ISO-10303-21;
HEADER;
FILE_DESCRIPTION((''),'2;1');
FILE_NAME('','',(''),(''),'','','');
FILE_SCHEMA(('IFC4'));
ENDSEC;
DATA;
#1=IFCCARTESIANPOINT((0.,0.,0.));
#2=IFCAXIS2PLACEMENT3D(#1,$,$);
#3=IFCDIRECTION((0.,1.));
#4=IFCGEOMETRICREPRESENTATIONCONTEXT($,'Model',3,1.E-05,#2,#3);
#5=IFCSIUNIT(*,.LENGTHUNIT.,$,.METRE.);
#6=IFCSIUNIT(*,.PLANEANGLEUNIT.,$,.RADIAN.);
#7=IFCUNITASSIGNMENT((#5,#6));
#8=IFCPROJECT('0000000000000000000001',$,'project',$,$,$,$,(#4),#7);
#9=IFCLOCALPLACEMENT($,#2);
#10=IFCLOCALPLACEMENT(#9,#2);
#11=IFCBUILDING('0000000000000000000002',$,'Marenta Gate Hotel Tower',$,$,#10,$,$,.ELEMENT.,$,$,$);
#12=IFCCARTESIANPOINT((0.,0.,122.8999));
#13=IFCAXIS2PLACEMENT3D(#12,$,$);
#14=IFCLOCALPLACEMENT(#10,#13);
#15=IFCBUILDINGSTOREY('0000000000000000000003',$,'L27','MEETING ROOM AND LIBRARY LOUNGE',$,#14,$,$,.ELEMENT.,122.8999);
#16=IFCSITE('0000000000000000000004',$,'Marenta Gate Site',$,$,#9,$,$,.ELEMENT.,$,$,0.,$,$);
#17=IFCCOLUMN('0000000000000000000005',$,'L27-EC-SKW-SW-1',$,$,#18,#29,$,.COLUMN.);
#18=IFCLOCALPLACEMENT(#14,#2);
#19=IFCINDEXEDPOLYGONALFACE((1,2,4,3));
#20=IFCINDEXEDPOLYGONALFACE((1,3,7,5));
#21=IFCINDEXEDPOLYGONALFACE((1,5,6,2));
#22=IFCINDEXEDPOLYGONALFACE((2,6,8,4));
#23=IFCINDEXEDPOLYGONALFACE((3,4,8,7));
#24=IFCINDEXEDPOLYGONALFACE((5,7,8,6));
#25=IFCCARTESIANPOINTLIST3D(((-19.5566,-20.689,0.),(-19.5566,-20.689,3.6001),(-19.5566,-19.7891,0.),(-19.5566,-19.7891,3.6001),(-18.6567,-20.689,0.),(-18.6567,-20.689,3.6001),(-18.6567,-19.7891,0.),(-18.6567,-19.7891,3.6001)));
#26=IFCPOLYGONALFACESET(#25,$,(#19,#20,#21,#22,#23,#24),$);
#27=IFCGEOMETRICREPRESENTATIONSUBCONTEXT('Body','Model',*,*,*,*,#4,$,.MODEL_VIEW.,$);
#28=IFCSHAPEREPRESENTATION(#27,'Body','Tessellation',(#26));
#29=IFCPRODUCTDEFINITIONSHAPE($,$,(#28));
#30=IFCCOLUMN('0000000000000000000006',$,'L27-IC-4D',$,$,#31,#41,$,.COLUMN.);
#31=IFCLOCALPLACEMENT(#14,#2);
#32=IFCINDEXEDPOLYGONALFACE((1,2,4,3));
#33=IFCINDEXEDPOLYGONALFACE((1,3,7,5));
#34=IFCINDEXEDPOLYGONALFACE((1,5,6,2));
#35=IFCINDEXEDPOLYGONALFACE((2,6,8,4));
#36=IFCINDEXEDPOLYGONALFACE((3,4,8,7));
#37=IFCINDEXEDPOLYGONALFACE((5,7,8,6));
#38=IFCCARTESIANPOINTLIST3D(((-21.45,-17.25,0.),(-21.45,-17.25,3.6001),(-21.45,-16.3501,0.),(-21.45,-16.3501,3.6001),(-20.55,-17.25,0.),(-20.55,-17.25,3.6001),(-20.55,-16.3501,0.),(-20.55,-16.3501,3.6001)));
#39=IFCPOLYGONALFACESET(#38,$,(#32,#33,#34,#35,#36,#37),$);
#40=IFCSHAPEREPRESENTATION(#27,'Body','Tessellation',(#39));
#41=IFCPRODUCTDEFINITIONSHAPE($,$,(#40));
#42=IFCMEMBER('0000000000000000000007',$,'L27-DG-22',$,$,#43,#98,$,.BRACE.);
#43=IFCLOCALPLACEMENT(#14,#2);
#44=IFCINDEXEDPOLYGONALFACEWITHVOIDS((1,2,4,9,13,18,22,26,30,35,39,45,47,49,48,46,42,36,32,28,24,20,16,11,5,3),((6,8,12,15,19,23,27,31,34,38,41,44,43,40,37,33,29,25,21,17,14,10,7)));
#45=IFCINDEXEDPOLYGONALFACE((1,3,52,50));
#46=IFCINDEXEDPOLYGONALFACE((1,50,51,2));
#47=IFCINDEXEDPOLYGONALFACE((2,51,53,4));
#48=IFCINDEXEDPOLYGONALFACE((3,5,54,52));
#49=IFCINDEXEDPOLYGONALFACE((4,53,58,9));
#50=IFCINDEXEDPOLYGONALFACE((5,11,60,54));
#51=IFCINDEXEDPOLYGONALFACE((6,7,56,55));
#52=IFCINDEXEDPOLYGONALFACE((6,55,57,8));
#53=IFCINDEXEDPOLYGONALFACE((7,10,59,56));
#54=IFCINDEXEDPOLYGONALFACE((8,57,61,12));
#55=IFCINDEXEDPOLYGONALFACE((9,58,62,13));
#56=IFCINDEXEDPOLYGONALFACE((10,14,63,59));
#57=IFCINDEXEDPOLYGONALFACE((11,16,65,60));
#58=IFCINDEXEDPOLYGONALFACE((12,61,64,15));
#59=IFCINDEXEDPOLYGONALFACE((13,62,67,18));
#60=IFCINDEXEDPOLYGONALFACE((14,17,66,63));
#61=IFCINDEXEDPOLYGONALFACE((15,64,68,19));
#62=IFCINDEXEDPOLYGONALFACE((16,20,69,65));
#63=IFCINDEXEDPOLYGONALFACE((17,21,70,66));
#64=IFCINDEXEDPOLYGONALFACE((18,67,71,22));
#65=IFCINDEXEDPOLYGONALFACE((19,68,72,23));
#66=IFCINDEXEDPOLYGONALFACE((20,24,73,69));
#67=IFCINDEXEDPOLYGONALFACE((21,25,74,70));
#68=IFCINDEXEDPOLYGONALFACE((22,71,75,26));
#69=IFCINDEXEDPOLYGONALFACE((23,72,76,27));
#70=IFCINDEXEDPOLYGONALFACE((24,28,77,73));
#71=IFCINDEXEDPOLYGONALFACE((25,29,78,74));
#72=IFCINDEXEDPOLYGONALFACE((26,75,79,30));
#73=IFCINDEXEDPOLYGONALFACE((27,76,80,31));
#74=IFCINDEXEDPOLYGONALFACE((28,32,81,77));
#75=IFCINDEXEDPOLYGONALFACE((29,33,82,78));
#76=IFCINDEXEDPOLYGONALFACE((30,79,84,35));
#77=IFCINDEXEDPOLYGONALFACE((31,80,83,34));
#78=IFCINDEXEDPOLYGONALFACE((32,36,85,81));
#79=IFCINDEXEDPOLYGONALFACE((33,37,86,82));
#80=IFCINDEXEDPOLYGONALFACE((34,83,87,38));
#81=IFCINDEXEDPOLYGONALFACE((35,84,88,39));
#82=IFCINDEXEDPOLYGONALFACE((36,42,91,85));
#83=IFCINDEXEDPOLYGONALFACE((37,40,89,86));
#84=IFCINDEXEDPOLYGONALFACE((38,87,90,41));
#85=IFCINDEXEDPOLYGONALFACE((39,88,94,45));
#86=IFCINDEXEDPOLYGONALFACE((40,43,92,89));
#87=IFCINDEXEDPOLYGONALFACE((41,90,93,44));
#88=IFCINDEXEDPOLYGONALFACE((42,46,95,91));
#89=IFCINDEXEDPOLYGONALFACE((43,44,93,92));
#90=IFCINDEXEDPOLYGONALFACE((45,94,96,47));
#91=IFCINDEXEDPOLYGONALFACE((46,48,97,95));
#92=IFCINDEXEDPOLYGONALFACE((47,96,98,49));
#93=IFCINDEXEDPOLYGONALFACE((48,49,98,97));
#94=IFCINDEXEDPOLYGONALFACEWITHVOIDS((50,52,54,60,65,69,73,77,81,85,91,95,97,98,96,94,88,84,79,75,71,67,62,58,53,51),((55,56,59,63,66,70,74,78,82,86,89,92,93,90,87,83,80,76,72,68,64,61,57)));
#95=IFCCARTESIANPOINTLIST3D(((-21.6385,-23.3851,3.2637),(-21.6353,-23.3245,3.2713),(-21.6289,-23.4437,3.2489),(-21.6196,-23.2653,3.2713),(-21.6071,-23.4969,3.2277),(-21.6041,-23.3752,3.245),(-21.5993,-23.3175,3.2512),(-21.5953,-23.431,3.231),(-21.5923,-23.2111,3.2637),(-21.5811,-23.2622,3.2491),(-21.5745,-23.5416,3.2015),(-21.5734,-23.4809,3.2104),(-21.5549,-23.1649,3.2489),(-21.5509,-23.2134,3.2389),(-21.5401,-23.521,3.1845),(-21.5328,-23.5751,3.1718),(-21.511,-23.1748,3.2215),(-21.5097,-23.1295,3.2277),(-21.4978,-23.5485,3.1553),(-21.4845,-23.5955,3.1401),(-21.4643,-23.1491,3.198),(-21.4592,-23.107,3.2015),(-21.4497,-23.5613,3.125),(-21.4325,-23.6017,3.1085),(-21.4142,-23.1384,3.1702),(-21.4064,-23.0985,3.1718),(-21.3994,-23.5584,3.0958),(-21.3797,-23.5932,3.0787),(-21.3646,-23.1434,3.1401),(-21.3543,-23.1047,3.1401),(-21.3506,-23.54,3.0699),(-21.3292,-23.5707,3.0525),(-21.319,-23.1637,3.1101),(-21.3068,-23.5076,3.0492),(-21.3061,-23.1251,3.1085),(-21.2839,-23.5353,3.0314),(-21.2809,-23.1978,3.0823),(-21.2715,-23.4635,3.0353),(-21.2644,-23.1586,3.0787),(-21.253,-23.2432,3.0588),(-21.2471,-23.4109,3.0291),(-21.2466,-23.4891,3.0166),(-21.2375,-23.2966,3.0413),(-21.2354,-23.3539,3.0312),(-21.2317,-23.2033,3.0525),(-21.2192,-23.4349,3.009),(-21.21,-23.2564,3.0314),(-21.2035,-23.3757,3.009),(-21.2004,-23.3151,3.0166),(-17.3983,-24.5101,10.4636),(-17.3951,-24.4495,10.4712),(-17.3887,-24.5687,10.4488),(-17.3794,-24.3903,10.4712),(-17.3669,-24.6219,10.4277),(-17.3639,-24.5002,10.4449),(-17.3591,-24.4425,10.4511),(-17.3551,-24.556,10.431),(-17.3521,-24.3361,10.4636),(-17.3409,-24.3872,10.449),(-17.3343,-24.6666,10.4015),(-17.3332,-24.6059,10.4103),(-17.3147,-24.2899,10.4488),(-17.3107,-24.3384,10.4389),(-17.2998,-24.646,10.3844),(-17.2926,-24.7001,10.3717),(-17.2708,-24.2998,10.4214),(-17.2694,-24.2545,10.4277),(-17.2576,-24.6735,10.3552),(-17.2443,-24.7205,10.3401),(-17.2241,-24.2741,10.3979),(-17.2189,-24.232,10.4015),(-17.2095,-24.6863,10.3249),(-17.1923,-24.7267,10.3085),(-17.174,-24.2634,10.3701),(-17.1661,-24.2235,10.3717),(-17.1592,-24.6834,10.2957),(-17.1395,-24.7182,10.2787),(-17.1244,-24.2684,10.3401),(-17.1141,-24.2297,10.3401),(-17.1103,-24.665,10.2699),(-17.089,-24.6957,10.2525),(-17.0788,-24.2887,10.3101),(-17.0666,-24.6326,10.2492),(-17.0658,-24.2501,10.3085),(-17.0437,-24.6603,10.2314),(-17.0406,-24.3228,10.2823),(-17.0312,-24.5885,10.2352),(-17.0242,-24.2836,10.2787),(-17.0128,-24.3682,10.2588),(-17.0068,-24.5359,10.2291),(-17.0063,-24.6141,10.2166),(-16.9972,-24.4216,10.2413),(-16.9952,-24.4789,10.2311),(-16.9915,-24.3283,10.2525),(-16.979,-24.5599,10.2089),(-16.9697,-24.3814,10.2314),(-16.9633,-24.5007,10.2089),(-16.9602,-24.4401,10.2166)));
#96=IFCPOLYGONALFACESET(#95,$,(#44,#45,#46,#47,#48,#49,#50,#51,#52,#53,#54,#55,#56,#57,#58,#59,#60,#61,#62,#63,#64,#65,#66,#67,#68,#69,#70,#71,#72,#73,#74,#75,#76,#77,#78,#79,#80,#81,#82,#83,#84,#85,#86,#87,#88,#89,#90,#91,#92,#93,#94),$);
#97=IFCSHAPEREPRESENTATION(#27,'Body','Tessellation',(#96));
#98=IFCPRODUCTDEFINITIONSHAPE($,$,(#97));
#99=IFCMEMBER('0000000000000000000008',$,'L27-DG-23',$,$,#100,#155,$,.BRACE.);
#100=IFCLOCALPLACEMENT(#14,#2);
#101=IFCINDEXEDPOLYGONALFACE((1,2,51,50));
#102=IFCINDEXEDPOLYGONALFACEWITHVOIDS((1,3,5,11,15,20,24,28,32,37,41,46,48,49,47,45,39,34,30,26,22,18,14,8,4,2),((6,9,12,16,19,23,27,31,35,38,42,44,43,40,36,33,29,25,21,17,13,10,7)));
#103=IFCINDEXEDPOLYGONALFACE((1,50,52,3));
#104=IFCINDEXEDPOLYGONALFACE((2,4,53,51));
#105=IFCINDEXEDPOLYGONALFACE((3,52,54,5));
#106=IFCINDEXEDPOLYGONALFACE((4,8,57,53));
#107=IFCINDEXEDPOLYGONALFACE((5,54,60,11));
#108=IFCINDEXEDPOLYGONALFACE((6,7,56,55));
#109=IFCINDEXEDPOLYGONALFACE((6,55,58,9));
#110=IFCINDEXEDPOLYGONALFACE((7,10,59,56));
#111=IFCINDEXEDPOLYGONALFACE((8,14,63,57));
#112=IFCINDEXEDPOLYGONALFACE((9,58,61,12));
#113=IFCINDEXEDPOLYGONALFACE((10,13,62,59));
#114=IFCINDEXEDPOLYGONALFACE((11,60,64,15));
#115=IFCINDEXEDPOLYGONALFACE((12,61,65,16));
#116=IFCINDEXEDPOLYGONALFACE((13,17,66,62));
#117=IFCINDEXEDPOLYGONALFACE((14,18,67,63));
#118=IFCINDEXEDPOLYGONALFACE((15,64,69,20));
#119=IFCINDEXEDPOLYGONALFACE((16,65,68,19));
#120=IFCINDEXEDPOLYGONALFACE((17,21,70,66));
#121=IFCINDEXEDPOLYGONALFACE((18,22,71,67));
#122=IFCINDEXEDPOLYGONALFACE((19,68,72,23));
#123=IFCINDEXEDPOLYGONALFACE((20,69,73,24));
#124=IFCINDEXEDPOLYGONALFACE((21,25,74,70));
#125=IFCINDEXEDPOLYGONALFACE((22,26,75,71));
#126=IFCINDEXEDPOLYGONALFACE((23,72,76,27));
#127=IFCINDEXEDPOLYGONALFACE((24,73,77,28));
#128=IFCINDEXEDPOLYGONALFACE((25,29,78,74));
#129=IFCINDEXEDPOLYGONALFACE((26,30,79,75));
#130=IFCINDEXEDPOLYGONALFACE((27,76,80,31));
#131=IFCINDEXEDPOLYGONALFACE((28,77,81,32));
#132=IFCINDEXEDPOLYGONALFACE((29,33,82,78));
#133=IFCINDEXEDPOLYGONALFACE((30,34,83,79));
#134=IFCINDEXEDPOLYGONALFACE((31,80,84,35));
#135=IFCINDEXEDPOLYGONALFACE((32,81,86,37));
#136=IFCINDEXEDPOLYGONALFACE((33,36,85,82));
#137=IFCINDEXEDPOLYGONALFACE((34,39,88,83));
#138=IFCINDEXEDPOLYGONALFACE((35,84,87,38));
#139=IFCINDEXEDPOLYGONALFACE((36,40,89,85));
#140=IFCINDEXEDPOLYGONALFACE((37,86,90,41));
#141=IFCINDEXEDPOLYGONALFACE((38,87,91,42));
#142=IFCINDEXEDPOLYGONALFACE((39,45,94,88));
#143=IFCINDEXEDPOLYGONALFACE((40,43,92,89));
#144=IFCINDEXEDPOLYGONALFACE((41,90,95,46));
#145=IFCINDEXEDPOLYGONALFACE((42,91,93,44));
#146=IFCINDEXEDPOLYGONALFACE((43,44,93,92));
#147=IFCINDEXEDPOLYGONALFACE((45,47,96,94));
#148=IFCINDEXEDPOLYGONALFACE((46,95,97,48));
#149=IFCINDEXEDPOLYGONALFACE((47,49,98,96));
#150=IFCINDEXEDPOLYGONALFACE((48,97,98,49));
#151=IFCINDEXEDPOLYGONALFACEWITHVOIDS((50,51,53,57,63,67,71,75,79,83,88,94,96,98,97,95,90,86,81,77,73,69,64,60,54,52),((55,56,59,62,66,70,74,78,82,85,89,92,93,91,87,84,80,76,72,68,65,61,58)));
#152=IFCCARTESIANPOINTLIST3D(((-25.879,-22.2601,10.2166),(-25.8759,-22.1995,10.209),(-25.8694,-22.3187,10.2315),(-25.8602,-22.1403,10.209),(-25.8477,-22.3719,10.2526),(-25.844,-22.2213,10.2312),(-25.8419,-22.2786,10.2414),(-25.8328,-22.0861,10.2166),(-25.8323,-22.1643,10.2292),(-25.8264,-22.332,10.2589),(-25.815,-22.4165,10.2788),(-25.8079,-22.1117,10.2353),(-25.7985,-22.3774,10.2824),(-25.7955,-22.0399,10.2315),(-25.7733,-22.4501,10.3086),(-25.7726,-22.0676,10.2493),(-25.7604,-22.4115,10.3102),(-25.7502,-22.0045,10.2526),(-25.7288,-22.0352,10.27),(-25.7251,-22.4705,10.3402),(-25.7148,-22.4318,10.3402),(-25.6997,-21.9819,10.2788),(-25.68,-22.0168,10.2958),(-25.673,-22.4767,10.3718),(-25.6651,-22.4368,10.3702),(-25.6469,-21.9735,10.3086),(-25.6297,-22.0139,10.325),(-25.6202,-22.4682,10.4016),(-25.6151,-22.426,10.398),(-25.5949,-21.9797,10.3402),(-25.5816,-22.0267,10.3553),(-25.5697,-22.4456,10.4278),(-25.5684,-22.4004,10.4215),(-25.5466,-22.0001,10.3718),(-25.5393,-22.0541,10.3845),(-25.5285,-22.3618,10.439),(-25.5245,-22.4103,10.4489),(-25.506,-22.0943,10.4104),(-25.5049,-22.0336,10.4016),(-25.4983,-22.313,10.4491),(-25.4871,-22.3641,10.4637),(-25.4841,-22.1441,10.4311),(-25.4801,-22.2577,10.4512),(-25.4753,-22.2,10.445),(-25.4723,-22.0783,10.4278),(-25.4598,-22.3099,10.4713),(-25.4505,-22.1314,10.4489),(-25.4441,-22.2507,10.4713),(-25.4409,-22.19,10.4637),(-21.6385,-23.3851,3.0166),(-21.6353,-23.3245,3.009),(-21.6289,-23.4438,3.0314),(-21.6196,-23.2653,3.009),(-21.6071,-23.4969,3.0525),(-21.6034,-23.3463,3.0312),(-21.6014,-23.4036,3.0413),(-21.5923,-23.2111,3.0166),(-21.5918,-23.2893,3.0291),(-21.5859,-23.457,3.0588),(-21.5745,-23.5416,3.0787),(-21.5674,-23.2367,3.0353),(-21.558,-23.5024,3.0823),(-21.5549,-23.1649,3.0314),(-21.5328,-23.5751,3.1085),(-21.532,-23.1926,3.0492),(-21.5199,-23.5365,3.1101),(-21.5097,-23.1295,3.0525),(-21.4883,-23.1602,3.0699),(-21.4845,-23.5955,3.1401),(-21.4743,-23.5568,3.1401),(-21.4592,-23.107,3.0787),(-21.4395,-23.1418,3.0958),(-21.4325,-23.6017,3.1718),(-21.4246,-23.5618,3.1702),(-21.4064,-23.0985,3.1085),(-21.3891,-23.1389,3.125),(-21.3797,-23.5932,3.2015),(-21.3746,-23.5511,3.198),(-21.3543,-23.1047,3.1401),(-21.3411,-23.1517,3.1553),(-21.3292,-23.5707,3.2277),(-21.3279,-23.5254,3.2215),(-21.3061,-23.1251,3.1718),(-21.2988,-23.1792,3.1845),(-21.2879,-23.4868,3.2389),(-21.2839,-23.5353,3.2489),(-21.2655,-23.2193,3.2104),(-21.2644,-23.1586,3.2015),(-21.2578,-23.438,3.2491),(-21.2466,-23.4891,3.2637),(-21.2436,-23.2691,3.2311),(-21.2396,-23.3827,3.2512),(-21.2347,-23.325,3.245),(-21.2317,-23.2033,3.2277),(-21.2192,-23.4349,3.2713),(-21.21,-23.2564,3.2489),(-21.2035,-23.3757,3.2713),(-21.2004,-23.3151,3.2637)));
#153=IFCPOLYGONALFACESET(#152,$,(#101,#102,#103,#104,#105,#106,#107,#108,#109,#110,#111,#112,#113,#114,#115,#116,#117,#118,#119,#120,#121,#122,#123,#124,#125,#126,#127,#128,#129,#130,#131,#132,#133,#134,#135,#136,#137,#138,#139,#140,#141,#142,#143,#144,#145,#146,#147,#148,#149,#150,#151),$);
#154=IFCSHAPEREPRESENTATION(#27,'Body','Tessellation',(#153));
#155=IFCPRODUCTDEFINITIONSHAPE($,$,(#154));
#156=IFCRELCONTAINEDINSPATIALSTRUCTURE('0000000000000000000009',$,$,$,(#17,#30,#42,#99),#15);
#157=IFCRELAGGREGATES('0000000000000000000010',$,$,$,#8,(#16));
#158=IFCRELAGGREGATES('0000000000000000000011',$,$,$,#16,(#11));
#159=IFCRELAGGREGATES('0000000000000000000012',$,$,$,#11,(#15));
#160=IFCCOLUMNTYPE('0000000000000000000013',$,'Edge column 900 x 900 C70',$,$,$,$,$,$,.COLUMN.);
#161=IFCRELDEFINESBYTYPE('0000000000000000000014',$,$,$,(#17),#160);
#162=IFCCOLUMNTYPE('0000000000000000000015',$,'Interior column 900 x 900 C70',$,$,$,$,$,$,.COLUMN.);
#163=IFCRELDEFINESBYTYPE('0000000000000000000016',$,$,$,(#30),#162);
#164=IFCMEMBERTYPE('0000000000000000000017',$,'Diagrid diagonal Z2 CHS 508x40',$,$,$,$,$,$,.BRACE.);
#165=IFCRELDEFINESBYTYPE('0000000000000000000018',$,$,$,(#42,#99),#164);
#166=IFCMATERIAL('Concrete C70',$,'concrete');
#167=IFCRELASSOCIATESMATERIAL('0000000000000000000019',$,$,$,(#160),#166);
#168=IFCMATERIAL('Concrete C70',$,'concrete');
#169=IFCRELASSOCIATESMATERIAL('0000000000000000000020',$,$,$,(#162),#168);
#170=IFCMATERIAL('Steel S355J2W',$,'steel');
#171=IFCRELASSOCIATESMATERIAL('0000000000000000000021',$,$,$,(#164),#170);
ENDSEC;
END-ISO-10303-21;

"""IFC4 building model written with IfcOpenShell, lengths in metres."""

from ifc_helpers import new_model, si_unit, direction, frame, origin, origin_2d, place, context, subcontext, project, spatial, rectangle, hollow_circle, extrude, material, material_profile, profile_set, type_object, element, save


model = new_model("IFC4")

# Units and contexts
model_context = context("Model", 3, precision=1e-05, world=origin(), true_north=direction((0.0, 1.0)))
body_context = subcontext(model_context, "Body", "Model", "MODEL_VIEW")
ifc_project = project(units=[si_unit("LENGTHUNIT", "METRE"), si_unit("PLANEANGLEUNIT", "RADIAN")], contexts=[model_context])

# Site, building, storey
site_placement = place(None, origin())
site = spatial("IfcSite", under=ifc_project, at=site_placement, Name="Marenta Gate Site", CompositionType="ELEMENT", RefElevation=0.0)
building_placement = place(site_placement, origin())
building = spatial("IfcBuilding", under=site, at=building_placement, Name="Marenta Gate Hotel Tower", CompositionType="ELEMENT")
storey_placement = place(building_placement, frame((0.0, 0.0, 122.8999)))
storey = spatial("IfcBuildingStorey", under=building, at=storey_placement, Name="L27", Description="MEETING ROOM AND LIBRARY LOUNGE", CompositionType="ELEMENT", Elevation=122.8999)

# Columns
ifc_material_1 = material(Name="Concrete C70", Category="concrete")
ifc_material_profile_1 = material_profile(ifc_material_1, rectangle(XDim=0.8999, YDim=0.8999, at=origin_2d()), Name="900 x 900")
ifc_profile_set_1 = profile_set([ifc_material_profile_1], Name="Concrete C70")
column_type_1 = type_object("IfcColumnType", Name="Edge column 900 x 900 C70", PredefinedType="COLUMN", material=ifc_profile_set_1)
column_1_placement = place(storey_placement, frame((-19.1067, -20.239, 0.0), z_axis=(0.0, 0.0, 1.0), x_axis=(1.0, 0.0, 0.0)))
element("IfcColumn", 1, at=column_1_placement, inside=storey, type_object=column_type_1, Name="L27-EC-SKW-SW-1", PredefinedType="COLUMN", context=body_context, shape_type="SweptSolid", body=[
    extrude(rectangle(XDim=0.8999, YDim=0.8999, at=origin_2d()), origin(), (0.0, 0.0, 1.0), 3.6001),
])
ifc_material_2 = material(Name="Concrete C70", Category="concrete")
ifc_material_profile_2 = material_profile(ifc_material_2, rectangle(XDim=0.8999, YDim=0.8999, at=origin_2d()), Name="900 x 900")
ifc_profile_set_2 = profile_set([ifc_material_profile_2], Name="Concrete C70")
column_type_2 = type_object("IfcColumnType", Name="Interior column 900 x 900 C70", PredefinedType="COLUMN", material=ifc_profile_set_2)
column_2_placement = place(storey_placement, frame((-21.0, -16.8, 0.0), z_axis=(0.0, 0.0, 1.0), x_axis=(1.0, 0.0, 0.0)))
element("IfcColumn", 2, at=column_2_placement, inside=storey, type_object=column_type_2, Name="L27-IC-4D", PredefinedType="COLUMN", context=body_context, shape_type="SweptSolid", body=[
    extrude(rectangle(XDim=0.8999, YDim=0.8999, at=origin_2d()), origin(), (0.0, 0.0, 1.0), 3.6001),
])

# Members
ifc_material_3 = material(Name="Steel S355J2W", Category="steel")
ifc_material_profile_3 = material_profile(ifc_material_3, hollow_circle(Radius=0.2539, WallThickness=0.04, at=origin_2d()), Name="CHS 508x40")
ifc_profile_set_3 = profile_set([ifc_material_profile_3], Name="Steel S355J2W")
member_type_1 = type_object("IfcMemberType", Name="Diagrid diagonal Z2 CHS 508x40", PredefinedType="BRACE", material=ifc_profile_set_3)
member_1_placement = place(storey_placement, frame((-21.4194, -23.3501, 3.1401), z_axis=(0.502924, -0.133434, 0.853969), x_axis=(0.256443, 0.966559, 0.0)))
element("IfcMember", 3, at=member_1_placement, inside=storey, type_object=member_type_1, Name="L27-DG-22", PredefinedType="BRACE", context=body_context, shape_type="SweptSolid", body=[
    extrude(hollow_circle(Radius=0.2539, WallThickness=0.04, at=origin_2d()), origin(), (0.0, 0.0, 1.0), 8.4312),
])
member_2_placement = place(storey_placement, frame((-21.4194, -23.3501, 3.1401), z_axis=(-0.502946, 0.133432, 0.853956), x_axis=(-0.256429, -0.966563, 0.0)))
element("IfcMember", 4, at=member_2_placement, inside=storey, type_object=member_type_1, Name="L27-DG-23", PredefinedType="BRACE", context=body_context, shape_type="SweptSolid", body=[
    extrude(hollow_circle(Radius=0.2539, WallThickness=0.04, at=origin_2d()), origin(), (0.0, 0.0, 1.0), 8.4314),
])

save(model, "model.ifc")
